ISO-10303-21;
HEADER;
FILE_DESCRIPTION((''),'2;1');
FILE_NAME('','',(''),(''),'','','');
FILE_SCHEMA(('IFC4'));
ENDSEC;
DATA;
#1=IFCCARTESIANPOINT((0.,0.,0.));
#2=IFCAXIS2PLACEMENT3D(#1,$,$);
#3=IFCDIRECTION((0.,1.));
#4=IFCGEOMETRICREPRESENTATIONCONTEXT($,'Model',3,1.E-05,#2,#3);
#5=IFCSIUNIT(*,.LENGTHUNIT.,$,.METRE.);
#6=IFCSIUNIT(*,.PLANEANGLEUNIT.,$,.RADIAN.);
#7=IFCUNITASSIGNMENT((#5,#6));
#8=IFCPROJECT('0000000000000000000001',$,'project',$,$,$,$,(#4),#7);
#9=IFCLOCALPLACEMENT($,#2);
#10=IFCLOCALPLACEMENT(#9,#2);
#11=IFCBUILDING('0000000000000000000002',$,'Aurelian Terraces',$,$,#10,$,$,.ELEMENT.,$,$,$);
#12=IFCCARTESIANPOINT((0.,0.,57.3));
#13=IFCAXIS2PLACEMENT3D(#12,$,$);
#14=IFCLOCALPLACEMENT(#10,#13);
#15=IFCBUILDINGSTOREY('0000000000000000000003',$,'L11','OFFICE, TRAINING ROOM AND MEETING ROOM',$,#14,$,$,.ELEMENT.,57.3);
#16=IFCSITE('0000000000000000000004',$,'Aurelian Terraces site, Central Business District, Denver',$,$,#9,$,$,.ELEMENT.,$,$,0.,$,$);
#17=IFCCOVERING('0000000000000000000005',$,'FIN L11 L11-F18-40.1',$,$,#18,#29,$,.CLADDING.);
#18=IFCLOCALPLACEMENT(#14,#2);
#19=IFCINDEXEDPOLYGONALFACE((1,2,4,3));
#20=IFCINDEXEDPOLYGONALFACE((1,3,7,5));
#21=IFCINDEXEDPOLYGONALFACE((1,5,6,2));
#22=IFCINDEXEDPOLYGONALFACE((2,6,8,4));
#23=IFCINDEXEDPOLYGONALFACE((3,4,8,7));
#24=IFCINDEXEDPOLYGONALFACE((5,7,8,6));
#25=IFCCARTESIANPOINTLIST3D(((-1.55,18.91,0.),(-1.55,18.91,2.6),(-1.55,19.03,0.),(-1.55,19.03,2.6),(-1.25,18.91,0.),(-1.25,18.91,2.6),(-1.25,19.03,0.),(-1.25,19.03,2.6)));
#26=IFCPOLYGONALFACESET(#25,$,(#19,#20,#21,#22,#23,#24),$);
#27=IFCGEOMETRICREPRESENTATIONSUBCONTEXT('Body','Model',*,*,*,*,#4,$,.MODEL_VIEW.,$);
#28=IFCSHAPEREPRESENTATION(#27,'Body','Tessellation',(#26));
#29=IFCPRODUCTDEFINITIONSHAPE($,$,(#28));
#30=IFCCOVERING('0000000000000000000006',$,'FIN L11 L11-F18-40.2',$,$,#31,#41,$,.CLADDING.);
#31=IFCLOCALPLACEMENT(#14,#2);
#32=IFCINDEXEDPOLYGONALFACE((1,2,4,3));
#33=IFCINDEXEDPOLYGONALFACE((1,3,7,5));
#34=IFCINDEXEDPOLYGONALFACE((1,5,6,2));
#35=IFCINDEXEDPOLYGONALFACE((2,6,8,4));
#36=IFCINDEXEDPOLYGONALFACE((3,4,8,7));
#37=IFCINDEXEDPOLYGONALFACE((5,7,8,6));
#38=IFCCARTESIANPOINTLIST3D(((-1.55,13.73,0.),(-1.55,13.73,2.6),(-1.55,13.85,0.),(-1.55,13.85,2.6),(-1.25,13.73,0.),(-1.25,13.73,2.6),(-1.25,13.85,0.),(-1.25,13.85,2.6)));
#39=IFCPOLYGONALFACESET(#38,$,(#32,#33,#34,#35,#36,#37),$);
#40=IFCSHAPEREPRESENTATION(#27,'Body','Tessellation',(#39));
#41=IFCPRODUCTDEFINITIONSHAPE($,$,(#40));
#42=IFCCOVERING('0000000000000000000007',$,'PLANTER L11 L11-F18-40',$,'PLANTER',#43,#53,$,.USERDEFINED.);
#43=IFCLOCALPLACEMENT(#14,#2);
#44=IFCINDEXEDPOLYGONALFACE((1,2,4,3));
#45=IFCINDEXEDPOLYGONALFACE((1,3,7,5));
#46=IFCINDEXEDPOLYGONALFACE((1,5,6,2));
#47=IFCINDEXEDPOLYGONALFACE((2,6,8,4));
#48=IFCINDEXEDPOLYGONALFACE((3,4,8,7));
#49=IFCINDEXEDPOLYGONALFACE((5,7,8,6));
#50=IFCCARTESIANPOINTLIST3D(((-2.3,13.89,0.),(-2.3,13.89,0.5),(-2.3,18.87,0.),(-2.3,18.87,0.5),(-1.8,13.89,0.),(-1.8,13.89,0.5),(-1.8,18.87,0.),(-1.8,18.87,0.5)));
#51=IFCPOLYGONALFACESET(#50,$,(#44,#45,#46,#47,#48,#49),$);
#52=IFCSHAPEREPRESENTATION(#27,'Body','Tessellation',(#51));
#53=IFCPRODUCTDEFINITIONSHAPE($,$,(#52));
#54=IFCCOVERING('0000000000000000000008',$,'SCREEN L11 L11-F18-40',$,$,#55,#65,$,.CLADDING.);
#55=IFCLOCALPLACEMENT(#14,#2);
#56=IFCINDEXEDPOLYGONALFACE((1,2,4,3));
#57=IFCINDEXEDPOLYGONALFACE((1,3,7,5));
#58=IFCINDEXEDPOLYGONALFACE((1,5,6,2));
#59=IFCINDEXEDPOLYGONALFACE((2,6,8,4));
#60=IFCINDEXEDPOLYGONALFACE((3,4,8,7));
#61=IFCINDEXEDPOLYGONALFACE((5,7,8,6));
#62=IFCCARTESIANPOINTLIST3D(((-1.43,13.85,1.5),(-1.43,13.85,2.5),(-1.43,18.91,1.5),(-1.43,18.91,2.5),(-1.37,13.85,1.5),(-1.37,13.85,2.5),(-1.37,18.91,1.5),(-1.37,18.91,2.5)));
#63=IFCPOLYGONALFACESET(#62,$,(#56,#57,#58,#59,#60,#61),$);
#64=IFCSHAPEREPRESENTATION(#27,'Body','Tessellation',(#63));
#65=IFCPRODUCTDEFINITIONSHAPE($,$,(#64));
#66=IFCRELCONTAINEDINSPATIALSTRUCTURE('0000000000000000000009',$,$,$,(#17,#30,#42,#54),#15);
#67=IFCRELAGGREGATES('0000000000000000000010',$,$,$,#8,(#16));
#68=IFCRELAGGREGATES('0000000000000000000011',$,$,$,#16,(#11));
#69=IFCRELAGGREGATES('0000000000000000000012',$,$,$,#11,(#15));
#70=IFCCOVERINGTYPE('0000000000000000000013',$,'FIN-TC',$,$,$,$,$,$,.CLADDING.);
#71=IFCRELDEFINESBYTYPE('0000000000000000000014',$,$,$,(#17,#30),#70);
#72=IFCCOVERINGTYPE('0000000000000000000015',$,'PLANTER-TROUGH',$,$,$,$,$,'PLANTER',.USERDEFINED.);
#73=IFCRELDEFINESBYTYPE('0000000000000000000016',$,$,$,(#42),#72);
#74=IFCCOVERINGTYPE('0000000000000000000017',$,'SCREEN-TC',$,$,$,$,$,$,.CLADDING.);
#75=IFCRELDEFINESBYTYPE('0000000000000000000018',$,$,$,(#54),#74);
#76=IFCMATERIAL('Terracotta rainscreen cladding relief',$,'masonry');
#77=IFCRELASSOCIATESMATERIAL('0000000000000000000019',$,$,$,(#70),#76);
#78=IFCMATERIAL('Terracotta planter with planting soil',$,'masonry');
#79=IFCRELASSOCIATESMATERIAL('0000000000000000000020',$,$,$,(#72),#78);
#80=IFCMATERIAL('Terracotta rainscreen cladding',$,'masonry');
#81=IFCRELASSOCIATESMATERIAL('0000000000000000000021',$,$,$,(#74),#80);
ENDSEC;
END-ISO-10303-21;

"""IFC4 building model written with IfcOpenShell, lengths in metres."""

from ifc_helpers import new_model, si_unit, direction, frame, origin, origin_2d, place, context, subcontext, project, spatial, rectangle, extrude, source, transform, mapped, material, type_object, element, save


model = new_model("IFC4")

# Units and contexts
model_context = context("Model", 3, precision=1e-05, world=origin(), true_north=direction((0.0, 1.0)))
body_context = subcontext(model_context, "Body", "Model", "MODEL_VIEW")
ifc_project = project(units=[si_unit("LENGTHUNIT", "METRE"), si_unit("PLANEANGLEUNIT", "RADIAN")], contexts=[model_context])

# Site, building, storey
site_placement = place(None, origin())
site = spatial("IfcSite", under=ifc_project, at=site_placement, Name="Aurelian Terraces site, Central Business District, Denver", CompositionType="ELEMENT", RefElevation=0.0)
building_placement = place(site_placement, origin())
building = spatial("IfcBuilding", under=site, at=building_placement, Name="Aurelian Terraces", CompositionType="ELEMENT")
storey_placement = place(building_placement, frame((0.0, 0.0, 57.3)))
storey = spatial("IfcBuildingStorey", under=building, at=storey_placement, Name="L11", Description="OFFICE, TRAINING ROOM AND MEETING ROOM", CompositionType="ELEMENT", Elevation=57.3)

# Shared definitions
ifc_material_1 = material(Name="Terracotta rainscreen cladding", Category="masonry")

# Coverings
ifc_material_2 = material(Name="Terracotta rainscreen cladding relief", Category="masonry")
covering_type_1 = type_object("IfcCoveringType", Name="FIN-TC", PredefinedType="CLADDING", material=ifc_material_2)
shared_shape_1 = source(origin(), body_context, "Body", "SweptSolid", [
    extrude(rectangle(XDim=0.3, YDim=0.12, at=origin_2d()), origin(), (0.0, 0.0, 1.0), 2.6),
])
for number, where, z_axis, x_axis, name in (
    (1, (-1.4, 18.97, 0.0), (0.0, 0.0, 1.0), (1.0, 0.0, 0.0), "FIN L11 L11-F18-40.1"),
    (2, (-1.4, 13.79, 0.0), (0.0, 0.0, 1.0), (1.0, 0.0, 0.0), "FIN L11 L11-F18-40.2"),
):
    element("IfcCovering", number, at=place(storey_placement, frame(where, z_axis=z_axis, x_axis=x_axis)), inside=storey, type_object=covering_type_1, Name=name, PredefinedType="CLADDING", context=body_context, shape_type="MappedRepresentation", body=[
        mapped(shared_shape_1, transform((0.0, 0.0, 0.0), scale=1.0)),
    ])

# Coverings
ifc_material_3 = material(Name="Terracotta planter with planting soil", Category="masonry")
covering_type_2 = type_object("IfcCoveringType", Name="PLANTER-TROUGH", ElementType="PLANTER", PredefinedType="USERDEFINED", material=ifc_material_3)
shared_shape_2 = source(origin(), body_context, "Body", "SweptSolid", [
    extrude(rectangle(XDim=0.5, YDim=4.98, at=origin_2d()), origin(), (0.0, 0.0, 1.0), 0.5),
])
covering_1_placement = place(storey_placement, frame((-2.05, 16.38, 0.0), z_axis=(0.0, 0.0, 1.0), x_axis=(1.0, 0.0, 0.0)))
element("IfcCovering", 3, at=covering_1_placement, inside=storey, type_object=covering_type_2, Name="PLANTER L11 L11-F18-40", ObjectType="PLANTER", PredefinedType="USERDEFINED", context=body_context, shape_type="MappedRepresentation", body=[
    mapped(shared_shape_2, transform((0.0, 0.0, 0.0), scale=1.0)),
])
covering_type_3 = type_object("IfcCoveringType", Name="SCREEN-TC", PredefinedType="CLADDING", material=ifc_material_1)
shared_shape_3 = source(origin(), body_context, "Body", "SweptSolid", [
    extrude(rectangle(XDim=0.06, YDim=5.06, at=origin_2d()), origin(), (0.0, 0.0, 1.0), 1.0),
])
covering_2_placement = place(storey_placement, frame((-1.4, 16.38, 1.5), z_axis=(0.0, 0.0, 1.0), x_axis=(1.0, 0.0, 0.0)))
element("IfcCovering", 4, at=covering_2_placement, inside=storey, type_object=covering_type_3, Name="SCREEN L11 L11-F18-40", PredefinedType="CLADDING", context=body_context, shape_type="MappedRepresentation", body=[
    mapped(shared_shape_3, transform((0.0, 0.0, 0.0), scale=1.0)),
])

save(model, "model.ifc")
